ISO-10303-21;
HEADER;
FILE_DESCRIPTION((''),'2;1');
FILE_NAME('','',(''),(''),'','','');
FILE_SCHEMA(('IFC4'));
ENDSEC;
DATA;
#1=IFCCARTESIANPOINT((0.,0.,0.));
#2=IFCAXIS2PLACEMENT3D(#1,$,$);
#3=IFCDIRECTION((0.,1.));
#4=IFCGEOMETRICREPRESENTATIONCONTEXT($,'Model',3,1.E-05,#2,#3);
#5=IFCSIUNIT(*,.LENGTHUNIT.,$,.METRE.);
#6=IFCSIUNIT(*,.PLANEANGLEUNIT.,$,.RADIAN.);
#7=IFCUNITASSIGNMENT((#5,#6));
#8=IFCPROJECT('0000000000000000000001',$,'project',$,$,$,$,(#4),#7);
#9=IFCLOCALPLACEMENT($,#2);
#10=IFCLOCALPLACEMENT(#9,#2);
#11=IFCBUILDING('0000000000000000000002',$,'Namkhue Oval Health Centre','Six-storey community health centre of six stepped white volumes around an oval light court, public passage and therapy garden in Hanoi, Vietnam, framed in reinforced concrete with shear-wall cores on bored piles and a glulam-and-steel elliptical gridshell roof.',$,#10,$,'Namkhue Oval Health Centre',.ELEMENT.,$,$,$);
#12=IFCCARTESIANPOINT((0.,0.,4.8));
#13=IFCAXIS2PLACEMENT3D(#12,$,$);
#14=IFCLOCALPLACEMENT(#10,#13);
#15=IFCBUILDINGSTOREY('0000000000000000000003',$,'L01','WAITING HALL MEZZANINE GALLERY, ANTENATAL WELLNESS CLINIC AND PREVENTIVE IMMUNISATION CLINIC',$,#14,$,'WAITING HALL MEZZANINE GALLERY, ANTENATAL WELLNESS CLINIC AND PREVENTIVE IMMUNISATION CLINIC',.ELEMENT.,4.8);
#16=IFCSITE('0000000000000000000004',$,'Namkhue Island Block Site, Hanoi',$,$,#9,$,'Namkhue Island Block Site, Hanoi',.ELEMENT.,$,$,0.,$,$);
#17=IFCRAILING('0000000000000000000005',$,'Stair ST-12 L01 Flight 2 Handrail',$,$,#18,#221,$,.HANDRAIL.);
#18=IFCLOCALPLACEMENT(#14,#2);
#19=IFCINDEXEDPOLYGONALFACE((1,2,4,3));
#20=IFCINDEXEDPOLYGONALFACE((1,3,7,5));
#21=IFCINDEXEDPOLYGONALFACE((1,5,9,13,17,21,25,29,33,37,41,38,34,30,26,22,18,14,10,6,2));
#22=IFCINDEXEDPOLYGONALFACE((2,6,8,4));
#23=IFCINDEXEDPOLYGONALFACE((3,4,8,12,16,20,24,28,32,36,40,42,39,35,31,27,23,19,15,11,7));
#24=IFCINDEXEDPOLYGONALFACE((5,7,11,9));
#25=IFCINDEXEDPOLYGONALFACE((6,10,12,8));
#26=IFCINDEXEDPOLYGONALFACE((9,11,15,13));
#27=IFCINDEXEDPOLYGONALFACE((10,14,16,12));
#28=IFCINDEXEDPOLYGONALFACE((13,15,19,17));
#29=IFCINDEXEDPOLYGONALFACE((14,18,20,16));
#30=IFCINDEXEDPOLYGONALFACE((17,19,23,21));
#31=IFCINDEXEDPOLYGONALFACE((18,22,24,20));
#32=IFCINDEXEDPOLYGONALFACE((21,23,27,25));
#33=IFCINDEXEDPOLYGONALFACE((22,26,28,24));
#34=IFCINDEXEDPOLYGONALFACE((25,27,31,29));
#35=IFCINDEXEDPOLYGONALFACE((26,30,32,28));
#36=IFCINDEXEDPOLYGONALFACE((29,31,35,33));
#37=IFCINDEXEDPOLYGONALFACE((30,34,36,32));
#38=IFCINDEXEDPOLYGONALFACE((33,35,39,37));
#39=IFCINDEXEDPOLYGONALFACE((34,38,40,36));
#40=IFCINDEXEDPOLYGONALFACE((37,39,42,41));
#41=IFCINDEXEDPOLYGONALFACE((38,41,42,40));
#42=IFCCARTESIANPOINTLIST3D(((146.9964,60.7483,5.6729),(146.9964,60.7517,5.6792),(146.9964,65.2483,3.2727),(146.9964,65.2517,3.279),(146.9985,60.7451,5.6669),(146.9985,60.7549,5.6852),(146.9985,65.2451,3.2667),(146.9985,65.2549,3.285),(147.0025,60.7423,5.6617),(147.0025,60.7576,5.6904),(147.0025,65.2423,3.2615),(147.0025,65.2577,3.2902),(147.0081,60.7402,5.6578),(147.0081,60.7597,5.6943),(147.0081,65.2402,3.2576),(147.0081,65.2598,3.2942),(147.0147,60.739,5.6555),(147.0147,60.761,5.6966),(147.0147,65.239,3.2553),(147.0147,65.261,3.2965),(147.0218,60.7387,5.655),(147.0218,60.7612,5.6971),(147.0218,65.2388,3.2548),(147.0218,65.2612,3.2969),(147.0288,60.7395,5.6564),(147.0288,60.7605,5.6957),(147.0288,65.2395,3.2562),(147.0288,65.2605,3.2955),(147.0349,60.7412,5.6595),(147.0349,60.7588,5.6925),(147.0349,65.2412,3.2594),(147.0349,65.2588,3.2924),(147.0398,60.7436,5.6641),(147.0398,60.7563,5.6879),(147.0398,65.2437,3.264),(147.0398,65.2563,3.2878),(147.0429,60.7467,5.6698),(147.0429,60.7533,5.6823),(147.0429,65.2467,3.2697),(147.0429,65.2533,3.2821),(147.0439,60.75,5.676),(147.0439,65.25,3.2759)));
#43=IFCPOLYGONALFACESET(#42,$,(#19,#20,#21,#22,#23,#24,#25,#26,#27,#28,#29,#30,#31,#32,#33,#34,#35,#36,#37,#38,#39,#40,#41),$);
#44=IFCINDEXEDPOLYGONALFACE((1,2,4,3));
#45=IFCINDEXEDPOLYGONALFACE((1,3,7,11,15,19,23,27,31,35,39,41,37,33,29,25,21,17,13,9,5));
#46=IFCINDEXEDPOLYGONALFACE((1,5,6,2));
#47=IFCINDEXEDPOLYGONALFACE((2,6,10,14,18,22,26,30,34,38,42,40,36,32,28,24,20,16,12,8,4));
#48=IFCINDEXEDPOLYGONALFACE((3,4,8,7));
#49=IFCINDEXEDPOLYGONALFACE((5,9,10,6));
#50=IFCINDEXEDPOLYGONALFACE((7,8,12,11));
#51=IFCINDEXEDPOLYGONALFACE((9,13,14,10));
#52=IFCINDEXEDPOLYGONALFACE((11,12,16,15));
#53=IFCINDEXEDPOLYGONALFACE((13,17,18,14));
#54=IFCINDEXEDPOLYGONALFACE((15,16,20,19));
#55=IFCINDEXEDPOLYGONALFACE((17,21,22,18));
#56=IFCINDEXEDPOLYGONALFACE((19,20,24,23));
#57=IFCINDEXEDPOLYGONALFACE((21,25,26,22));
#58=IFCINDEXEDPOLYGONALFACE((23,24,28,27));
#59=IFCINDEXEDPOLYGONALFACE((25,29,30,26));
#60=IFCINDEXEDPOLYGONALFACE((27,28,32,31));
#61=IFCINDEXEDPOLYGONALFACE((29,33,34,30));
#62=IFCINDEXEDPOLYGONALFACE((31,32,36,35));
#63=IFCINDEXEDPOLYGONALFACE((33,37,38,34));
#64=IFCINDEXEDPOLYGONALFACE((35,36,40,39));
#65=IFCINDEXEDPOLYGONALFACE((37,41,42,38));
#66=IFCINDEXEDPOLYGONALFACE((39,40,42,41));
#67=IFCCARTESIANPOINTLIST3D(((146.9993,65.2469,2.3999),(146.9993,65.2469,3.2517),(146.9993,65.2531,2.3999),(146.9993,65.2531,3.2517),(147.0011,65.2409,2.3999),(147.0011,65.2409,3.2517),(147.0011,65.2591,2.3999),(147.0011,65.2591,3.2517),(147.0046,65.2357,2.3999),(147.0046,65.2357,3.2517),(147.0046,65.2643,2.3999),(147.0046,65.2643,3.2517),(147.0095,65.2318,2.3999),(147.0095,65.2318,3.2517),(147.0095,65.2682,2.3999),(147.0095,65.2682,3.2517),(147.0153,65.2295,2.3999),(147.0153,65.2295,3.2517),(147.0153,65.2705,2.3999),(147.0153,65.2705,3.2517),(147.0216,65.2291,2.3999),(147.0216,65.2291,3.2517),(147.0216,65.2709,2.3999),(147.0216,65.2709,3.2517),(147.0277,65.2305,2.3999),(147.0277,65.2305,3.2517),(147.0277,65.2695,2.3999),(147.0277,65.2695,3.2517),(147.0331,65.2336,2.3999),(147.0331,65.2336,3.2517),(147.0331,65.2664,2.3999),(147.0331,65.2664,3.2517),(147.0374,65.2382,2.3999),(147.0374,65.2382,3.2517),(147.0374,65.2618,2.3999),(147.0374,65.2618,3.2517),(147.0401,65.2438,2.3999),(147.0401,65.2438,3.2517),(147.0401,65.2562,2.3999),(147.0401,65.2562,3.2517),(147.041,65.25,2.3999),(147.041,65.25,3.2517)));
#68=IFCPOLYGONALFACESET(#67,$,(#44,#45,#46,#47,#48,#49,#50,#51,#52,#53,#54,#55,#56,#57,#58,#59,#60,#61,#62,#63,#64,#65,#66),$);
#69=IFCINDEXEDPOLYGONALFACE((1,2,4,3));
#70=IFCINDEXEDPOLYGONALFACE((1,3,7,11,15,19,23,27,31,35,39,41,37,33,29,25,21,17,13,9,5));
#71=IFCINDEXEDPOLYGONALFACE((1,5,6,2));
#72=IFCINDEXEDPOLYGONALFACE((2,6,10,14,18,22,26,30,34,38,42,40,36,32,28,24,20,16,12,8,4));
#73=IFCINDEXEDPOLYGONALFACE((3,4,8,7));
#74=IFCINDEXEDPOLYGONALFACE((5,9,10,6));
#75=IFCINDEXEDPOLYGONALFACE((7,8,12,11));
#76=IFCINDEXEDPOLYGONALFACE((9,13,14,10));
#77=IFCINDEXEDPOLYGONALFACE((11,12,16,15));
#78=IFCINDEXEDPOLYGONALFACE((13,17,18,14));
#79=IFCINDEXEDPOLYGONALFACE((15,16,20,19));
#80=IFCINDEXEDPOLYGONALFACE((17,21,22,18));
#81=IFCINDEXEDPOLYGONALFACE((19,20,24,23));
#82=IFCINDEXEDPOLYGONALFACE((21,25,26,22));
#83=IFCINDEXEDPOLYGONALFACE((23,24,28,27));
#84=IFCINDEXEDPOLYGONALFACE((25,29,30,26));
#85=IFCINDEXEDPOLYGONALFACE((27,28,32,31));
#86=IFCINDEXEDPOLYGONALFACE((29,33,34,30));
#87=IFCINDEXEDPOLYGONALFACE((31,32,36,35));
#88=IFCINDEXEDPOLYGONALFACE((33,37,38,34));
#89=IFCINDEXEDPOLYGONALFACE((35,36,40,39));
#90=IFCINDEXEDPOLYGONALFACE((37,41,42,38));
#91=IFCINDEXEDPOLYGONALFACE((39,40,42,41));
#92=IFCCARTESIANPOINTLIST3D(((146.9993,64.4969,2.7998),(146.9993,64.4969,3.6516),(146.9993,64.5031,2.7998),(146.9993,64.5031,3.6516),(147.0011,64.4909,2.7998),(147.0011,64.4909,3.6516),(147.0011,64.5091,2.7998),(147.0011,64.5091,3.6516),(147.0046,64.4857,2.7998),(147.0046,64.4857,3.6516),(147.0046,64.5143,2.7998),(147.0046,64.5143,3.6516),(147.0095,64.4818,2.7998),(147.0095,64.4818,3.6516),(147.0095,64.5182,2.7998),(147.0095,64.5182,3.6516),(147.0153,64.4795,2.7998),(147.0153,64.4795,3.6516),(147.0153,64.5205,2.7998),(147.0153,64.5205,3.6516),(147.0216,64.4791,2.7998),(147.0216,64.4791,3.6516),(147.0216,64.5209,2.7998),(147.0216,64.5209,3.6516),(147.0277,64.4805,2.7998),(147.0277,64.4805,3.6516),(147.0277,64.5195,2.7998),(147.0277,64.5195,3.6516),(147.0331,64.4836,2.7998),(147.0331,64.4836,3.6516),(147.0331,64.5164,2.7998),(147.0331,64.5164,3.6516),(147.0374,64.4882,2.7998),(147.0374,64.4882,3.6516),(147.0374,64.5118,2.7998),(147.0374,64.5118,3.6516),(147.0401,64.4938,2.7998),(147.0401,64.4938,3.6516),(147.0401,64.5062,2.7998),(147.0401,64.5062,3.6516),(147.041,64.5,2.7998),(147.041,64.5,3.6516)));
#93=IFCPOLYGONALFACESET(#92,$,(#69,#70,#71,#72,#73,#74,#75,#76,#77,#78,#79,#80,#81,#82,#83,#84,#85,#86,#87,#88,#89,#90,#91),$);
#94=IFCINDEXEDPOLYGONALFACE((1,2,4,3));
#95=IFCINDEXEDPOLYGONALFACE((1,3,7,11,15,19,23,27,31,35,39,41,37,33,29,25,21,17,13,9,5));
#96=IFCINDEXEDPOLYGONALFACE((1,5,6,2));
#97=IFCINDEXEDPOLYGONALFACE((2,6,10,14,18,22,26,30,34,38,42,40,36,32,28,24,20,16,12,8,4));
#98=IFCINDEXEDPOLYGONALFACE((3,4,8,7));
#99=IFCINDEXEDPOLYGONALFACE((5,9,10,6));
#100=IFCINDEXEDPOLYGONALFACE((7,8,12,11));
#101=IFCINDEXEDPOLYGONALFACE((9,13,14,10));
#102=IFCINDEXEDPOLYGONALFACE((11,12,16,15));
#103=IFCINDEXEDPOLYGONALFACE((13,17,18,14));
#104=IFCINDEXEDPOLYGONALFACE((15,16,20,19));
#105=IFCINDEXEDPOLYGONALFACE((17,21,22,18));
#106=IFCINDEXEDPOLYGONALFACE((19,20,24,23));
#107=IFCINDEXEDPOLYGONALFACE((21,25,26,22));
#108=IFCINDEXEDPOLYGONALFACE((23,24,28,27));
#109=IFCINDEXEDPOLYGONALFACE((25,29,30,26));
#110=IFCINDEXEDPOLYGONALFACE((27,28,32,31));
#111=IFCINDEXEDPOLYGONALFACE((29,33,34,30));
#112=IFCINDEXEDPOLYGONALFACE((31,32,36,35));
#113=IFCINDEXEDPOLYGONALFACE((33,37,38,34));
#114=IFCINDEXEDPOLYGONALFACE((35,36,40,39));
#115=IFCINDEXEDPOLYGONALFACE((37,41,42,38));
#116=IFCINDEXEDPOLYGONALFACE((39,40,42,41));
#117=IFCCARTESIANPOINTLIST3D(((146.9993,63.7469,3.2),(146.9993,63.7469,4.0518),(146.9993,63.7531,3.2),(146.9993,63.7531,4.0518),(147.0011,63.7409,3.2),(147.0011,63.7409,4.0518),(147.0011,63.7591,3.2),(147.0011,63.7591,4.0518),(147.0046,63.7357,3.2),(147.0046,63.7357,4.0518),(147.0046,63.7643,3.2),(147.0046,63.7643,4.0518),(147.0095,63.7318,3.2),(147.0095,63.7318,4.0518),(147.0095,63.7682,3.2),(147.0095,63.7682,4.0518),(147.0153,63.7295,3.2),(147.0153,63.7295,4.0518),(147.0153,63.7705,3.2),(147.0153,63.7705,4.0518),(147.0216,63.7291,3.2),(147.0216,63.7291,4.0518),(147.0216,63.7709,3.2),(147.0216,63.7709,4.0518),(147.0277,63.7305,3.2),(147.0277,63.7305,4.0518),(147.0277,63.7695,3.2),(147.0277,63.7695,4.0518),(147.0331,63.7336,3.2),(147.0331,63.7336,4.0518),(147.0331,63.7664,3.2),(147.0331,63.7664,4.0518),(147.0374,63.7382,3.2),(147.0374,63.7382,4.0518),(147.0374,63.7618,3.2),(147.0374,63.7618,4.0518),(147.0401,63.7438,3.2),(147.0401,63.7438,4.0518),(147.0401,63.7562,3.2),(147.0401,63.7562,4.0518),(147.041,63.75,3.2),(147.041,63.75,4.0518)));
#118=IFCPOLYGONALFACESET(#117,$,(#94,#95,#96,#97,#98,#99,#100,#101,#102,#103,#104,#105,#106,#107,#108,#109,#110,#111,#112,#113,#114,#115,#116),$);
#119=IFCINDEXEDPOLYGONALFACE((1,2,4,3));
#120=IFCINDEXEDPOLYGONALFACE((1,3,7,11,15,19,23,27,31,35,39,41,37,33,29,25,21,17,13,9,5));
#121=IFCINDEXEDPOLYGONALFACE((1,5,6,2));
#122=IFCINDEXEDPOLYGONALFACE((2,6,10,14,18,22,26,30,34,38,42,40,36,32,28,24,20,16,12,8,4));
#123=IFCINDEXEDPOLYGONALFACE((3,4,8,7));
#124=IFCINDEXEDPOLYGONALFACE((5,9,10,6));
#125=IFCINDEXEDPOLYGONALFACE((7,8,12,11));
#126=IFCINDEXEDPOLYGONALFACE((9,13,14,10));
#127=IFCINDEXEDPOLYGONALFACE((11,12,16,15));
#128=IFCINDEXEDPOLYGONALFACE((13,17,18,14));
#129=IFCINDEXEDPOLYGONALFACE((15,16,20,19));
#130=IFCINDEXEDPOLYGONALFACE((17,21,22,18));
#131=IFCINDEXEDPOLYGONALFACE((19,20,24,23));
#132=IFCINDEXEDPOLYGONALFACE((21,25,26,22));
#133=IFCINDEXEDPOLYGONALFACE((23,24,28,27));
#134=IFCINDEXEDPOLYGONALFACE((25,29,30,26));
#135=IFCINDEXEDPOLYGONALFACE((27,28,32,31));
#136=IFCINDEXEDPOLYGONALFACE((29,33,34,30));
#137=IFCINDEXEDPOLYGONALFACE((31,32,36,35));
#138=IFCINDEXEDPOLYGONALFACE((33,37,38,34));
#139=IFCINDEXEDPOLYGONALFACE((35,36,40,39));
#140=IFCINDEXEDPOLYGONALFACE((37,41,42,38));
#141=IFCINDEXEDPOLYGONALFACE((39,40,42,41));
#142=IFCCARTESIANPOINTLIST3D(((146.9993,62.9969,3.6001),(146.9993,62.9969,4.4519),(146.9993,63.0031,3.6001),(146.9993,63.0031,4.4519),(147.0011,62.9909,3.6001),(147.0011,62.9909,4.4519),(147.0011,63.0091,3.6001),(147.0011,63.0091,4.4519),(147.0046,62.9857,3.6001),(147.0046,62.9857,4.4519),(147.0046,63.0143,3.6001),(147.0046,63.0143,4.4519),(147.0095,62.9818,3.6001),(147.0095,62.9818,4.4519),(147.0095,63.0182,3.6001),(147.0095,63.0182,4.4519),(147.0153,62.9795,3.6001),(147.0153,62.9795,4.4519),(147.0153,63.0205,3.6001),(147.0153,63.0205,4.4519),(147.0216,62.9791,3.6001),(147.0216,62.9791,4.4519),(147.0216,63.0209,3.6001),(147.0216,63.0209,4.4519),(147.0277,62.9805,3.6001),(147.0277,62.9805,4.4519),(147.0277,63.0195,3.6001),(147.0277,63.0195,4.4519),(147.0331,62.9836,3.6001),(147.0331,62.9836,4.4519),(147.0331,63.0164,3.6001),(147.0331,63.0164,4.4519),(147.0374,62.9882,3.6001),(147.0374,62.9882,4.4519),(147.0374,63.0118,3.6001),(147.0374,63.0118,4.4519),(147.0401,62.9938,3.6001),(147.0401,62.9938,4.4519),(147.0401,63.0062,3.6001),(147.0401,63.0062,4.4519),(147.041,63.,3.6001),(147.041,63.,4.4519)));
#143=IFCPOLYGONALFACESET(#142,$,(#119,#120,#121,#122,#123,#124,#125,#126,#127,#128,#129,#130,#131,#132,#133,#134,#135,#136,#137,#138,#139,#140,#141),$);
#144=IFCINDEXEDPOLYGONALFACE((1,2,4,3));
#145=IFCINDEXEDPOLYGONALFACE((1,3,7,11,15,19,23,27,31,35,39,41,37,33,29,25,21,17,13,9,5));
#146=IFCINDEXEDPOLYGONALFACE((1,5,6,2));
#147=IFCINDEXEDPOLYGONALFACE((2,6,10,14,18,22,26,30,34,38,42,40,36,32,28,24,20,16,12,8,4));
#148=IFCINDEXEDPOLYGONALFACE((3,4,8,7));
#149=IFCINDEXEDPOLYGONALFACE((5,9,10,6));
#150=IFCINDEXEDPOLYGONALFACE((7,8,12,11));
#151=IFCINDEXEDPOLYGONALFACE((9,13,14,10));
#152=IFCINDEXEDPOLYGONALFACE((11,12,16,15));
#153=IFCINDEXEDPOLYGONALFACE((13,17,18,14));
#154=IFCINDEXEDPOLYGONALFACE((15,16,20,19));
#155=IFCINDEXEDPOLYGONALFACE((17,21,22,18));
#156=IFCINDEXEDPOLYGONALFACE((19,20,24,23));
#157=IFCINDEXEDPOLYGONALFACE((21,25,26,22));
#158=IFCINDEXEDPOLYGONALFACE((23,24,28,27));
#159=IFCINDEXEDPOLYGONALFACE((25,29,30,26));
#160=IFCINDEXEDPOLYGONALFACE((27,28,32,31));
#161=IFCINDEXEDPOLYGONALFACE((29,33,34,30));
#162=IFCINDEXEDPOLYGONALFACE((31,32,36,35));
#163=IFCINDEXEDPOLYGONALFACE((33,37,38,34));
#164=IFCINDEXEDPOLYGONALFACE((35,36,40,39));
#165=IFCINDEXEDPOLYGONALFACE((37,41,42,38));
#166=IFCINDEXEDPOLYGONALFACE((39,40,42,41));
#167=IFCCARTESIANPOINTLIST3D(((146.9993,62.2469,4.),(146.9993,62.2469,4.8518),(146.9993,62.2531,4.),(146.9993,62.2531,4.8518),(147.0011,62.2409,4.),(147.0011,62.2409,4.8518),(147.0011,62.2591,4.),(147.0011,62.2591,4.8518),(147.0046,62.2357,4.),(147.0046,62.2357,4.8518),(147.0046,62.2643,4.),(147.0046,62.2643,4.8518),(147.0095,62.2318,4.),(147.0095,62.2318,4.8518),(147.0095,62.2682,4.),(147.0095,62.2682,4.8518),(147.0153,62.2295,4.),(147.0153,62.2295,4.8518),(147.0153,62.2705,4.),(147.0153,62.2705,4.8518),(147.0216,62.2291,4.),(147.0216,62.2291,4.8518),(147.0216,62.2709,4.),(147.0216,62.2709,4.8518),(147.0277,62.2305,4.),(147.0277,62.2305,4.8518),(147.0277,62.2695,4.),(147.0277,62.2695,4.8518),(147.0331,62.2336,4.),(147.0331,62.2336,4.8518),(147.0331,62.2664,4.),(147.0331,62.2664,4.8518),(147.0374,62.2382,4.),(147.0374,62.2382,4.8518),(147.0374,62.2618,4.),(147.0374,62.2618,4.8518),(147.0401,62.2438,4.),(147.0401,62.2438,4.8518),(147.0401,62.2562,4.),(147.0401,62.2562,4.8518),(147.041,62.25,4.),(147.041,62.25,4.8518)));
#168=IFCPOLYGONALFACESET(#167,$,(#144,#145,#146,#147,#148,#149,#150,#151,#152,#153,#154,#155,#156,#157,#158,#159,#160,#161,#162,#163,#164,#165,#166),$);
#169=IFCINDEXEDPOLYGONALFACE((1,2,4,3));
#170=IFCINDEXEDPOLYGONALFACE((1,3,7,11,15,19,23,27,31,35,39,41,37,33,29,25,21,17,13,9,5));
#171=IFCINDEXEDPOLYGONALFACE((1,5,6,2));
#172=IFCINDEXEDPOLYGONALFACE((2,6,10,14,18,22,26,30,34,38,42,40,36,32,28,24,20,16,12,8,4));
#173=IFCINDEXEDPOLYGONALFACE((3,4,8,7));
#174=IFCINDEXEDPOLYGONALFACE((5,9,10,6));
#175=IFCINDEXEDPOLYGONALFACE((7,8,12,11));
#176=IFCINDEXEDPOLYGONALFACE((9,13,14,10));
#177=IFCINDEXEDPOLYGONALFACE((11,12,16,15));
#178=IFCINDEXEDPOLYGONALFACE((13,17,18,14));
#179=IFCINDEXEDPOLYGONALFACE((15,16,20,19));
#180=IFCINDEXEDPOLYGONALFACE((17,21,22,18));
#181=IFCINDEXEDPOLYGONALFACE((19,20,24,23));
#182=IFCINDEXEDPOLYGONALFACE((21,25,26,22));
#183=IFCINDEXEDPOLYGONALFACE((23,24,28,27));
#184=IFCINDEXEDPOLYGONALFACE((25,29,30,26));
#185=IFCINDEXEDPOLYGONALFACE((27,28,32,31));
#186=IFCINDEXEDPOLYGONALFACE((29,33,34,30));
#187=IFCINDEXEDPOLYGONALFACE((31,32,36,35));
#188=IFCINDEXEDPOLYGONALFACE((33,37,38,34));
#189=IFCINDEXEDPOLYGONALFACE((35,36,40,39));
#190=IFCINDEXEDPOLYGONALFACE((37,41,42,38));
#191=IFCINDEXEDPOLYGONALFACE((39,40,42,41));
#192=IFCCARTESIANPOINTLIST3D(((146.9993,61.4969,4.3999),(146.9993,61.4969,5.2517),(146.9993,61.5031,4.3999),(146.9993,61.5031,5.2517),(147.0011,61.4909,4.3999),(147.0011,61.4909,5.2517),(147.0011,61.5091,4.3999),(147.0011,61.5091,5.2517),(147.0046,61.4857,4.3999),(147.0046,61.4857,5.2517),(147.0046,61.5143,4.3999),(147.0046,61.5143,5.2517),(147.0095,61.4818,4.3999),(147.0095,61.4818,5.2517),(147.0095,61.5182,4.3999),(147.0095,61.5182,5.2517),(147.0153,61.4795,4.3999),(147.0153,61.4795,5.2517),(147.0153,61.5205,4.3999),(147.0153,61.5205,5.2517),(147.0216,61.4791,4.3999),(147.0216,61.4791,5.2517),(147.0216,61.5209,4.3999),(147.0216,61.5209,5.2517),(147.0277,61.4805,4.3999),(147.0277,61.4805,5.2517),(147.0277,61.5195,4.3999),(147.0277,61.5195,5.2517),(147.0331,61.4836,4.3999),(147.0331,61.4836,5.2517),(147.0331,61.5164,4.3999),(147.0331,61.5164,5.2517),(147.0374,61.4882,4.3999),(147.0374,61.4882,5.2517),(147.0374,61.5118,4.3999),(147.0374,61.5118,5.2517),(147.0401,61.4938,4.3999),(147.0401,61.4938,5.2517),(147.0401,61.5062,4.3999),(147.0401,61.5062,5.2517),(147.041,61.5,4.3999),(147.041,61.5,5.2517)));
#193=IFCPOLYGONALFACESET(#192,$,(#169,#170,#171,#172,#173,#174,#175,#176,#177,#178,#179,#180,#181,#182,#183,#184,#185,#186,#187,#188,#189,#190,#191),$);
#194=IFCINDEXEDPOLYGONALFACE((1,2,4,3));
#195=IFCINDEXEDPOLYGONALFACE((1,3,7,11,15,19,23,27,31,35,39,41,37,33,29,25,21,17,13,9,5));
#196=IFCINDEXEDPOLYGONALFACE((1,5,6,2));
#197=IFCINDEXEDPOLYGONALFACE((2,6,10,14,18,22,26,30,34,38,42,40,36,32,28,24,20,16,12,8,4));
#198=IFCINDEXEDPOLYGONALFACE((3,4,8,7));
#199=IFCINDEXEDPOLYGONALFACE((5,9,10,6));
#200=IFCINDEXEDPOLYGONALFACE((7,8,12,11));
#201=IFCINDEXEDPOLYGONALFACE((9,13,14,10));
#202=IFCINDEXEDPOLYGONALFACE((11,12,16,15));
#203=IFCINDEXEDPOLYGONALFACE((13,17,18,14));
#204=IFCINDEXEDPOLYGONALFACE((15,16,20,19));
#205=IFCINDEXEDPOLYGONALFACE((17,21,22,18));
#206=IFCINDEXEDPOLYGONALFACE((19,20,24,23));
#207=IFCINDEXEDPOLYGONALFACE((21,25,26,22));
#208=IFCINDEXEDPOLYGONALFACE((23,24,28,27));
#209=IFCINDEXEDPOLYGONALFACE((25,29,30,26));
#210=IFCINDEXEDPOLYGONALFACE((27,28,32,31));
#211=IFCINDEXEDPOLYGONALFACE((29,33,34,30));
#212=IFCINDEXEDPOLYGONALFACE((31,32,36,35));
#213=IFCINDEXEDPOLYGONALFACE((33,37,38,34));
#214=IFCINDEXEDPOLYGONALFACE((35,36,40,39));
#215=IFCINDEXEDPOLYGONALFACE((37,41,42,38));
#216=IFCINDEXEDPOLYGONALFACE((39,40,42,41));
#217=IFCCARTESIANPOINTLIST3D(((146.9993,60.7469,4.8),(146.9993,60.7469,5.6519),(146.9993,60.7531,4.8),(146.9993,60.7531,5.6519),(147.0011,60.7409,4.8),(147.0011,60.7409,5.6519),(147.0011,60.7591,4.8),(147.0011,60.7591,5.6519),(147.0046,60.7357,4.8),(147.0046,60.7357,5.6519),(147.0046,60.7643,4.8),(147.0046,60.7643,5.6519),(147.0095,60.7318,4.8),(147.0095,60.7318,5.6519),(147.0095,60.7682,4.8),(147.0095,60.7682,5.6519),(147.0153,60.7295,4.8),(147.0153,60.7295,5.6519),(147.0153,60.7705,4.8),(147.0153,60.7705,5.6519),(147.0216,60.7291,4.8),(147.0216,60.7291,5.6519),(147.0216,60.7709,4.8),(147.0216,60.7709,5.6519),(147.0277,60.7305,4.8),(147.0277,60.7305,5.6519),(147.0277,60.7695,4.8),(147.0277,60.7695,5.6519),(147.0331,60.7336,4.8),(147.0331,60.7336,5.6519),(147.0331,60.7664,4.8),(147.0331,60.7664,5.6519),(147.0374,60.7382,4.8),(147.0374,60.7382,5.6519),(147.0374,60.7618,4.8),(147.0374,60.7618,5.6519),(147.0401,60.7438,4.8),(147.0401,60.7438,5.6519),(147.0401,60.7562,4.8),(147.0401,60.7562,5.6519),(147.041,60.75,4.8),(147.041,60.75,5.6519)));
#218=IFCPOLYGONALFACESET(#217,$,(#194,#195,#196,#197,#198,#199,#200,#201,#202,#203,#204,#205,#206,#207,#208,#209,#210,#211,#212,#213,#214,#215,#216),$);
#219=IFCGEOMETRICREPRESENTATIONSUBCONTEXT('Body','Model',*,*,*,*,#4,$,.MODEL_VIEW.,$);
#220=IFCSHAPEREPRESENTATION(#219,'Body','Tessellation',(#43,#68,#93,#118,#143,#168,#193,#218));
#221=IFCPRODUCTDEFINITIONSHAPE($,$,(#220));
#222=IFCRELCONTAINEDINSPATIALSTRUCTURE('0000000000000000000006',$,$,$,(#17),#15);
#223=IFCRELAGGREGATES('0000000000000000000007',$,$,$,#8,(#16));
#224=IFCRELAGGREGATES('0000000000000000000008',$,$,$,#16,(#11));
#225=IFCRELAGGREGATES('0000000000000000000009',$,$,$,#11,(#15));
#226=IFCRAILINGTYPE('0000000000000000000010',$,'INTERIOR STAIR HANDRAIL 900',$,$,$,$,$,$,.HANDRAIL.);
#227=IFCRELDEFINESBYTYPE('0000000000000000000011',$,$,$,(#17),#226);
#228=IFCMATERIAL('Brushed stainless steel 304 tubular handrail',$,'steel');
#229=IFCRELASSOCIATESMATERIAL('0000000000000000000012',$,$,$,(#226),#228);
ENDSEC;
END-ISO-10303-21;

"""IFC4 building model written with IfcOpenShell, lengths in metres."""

from ifc_helpers import new_model, si_unit, direction, frame, origin, origin_2d, place, context, subcontext, project, spatial, circle, extrude, material, type_object, element, save


model = new_model("IFC4")

# Units and contexts
model_context = context("Model", 3, precision=1e-05, world=origin(), true_north=direction((0.0, 1.0)))
body_context = subcontext(model_context, "Body", "Model", "MODEL_VIEW")
ifc_project = project(units=[si_unit("LENGTHUNIT", "METRE"), si_unit("PLANEANGLEUNIT", "RADIAN")], contexts=[model_context])

# Site, building, storey
site_placement = place(None, origin())
site = spatial("IfcSite", under=ifc_project, at=site_placement, Name="Namkhue Island Block Site, Hanoi", LongName="Namkhue Island Block Site, Hanoi", CompositionType="ELEMENT", RefElevation=0.0)
building_placement = place(site_placement, origin())
building = spatial("IfcBuilding", under=site, at=building_placement, Name="Namkhue Oval Health Centre", Description="Six-storey community health centre of six stepped white volumes around an oval light court, public passage and therapy garden in Hanoi, Vietnam, framed in reinforced concrete with shear-wall cores on bored piles and a glulam-and-steel elliptical gridshell roof.", LongName="Namkhue Oval Health Centre", CompositionType="ELEMENT")
storey_placement = place(building_placement, frame((0.0, 0.0, 4.8)))
storey = spatial("IfcBuildingStorey", under=building, at=storey_placement, Name="L01", Description="WAITING HALL MEZZANINE GALLERY, ANTENATAL WELLNESS CLINIC AND PREVENTIVE IMMUNISATION CLINIC", LongName="WAITING HALL MEZZANINE GALLERY, ANTENATAL WELLNESS CLINIC AND PREVENTIVE IMMUNISATION CLINIC", CompositionType="ELEMENT", Elevation=4.8)

# Railing
ifc_material_1 = material(Name="Brushed stainless steel 304 tubular handrail", Category="steel")
railing_type_1 = type_object("IfcRailingType", Name="INTERIOR STAIR HANDRAIL 900", PredefinedType="HANDRAIL", material=ifc_material_1)
railing_1_placement = place(storey_placement, frame((147.02, 65.25, 2.3999)))
element("IfcRailing", 1, at=railing_1_placement, inside=storey, type_object=railing_type_1, Name="Stair ST-12 L01 Flight 2 Handrail", PredefinedType="HANDRAIL", context=body_context, shape_type="SweptSolid", body=[
    extrude(circle(Radius=0.0239, at=origin_2d()), frame((0.0, 0.0, 0.876), z_axis=(0.0, -0.882341, 0.470611), x_axis=(1.0, 0.0, 0.0)), (0.0, 0.0, 1.0), 5.1001),
    extrude(circle(Radius=0.021, at=origin_2d()), origin(), (0.0, 0.0, 1.0), 0.8518),
    extrude(circle(Radius=0.021, at=origin_2d()), frame((0.0, -0.75, 0.3999)), (0.0, 0.0, 1.0), 0.8518),
    extrude(circle(Radius=0.021, at=origin_2d()), frame((0.0, -1.5, 0.8)), (0.0, 0.0, 1.0), 0.8518),
    extrude(circle(Radius=0.021, at=origin_2d()), frame((0.0, -2.25, 1.2002)), (0.0, 0.0, 1.0), 0.8518),
    extrude(circle(Radius=0.021, at=origin_2d()), frame((0.0, -3.0, 1.6001)), (0.0, 0.0, 1.0), 0.8518),
    extrude(circle(Radius=0.021, at=origin_2d()), frame((0.0, -3.75, 2.0)), (0.0, 0.0, 1.0), 0.8518),
    extrude(circle(Radius=0.021, at=origin_2d()), frame((0.0, -4.5, 2.4001)), (0.0, 0.0, 1.0), 0.8518),
])

save(model, "model.ifc")
